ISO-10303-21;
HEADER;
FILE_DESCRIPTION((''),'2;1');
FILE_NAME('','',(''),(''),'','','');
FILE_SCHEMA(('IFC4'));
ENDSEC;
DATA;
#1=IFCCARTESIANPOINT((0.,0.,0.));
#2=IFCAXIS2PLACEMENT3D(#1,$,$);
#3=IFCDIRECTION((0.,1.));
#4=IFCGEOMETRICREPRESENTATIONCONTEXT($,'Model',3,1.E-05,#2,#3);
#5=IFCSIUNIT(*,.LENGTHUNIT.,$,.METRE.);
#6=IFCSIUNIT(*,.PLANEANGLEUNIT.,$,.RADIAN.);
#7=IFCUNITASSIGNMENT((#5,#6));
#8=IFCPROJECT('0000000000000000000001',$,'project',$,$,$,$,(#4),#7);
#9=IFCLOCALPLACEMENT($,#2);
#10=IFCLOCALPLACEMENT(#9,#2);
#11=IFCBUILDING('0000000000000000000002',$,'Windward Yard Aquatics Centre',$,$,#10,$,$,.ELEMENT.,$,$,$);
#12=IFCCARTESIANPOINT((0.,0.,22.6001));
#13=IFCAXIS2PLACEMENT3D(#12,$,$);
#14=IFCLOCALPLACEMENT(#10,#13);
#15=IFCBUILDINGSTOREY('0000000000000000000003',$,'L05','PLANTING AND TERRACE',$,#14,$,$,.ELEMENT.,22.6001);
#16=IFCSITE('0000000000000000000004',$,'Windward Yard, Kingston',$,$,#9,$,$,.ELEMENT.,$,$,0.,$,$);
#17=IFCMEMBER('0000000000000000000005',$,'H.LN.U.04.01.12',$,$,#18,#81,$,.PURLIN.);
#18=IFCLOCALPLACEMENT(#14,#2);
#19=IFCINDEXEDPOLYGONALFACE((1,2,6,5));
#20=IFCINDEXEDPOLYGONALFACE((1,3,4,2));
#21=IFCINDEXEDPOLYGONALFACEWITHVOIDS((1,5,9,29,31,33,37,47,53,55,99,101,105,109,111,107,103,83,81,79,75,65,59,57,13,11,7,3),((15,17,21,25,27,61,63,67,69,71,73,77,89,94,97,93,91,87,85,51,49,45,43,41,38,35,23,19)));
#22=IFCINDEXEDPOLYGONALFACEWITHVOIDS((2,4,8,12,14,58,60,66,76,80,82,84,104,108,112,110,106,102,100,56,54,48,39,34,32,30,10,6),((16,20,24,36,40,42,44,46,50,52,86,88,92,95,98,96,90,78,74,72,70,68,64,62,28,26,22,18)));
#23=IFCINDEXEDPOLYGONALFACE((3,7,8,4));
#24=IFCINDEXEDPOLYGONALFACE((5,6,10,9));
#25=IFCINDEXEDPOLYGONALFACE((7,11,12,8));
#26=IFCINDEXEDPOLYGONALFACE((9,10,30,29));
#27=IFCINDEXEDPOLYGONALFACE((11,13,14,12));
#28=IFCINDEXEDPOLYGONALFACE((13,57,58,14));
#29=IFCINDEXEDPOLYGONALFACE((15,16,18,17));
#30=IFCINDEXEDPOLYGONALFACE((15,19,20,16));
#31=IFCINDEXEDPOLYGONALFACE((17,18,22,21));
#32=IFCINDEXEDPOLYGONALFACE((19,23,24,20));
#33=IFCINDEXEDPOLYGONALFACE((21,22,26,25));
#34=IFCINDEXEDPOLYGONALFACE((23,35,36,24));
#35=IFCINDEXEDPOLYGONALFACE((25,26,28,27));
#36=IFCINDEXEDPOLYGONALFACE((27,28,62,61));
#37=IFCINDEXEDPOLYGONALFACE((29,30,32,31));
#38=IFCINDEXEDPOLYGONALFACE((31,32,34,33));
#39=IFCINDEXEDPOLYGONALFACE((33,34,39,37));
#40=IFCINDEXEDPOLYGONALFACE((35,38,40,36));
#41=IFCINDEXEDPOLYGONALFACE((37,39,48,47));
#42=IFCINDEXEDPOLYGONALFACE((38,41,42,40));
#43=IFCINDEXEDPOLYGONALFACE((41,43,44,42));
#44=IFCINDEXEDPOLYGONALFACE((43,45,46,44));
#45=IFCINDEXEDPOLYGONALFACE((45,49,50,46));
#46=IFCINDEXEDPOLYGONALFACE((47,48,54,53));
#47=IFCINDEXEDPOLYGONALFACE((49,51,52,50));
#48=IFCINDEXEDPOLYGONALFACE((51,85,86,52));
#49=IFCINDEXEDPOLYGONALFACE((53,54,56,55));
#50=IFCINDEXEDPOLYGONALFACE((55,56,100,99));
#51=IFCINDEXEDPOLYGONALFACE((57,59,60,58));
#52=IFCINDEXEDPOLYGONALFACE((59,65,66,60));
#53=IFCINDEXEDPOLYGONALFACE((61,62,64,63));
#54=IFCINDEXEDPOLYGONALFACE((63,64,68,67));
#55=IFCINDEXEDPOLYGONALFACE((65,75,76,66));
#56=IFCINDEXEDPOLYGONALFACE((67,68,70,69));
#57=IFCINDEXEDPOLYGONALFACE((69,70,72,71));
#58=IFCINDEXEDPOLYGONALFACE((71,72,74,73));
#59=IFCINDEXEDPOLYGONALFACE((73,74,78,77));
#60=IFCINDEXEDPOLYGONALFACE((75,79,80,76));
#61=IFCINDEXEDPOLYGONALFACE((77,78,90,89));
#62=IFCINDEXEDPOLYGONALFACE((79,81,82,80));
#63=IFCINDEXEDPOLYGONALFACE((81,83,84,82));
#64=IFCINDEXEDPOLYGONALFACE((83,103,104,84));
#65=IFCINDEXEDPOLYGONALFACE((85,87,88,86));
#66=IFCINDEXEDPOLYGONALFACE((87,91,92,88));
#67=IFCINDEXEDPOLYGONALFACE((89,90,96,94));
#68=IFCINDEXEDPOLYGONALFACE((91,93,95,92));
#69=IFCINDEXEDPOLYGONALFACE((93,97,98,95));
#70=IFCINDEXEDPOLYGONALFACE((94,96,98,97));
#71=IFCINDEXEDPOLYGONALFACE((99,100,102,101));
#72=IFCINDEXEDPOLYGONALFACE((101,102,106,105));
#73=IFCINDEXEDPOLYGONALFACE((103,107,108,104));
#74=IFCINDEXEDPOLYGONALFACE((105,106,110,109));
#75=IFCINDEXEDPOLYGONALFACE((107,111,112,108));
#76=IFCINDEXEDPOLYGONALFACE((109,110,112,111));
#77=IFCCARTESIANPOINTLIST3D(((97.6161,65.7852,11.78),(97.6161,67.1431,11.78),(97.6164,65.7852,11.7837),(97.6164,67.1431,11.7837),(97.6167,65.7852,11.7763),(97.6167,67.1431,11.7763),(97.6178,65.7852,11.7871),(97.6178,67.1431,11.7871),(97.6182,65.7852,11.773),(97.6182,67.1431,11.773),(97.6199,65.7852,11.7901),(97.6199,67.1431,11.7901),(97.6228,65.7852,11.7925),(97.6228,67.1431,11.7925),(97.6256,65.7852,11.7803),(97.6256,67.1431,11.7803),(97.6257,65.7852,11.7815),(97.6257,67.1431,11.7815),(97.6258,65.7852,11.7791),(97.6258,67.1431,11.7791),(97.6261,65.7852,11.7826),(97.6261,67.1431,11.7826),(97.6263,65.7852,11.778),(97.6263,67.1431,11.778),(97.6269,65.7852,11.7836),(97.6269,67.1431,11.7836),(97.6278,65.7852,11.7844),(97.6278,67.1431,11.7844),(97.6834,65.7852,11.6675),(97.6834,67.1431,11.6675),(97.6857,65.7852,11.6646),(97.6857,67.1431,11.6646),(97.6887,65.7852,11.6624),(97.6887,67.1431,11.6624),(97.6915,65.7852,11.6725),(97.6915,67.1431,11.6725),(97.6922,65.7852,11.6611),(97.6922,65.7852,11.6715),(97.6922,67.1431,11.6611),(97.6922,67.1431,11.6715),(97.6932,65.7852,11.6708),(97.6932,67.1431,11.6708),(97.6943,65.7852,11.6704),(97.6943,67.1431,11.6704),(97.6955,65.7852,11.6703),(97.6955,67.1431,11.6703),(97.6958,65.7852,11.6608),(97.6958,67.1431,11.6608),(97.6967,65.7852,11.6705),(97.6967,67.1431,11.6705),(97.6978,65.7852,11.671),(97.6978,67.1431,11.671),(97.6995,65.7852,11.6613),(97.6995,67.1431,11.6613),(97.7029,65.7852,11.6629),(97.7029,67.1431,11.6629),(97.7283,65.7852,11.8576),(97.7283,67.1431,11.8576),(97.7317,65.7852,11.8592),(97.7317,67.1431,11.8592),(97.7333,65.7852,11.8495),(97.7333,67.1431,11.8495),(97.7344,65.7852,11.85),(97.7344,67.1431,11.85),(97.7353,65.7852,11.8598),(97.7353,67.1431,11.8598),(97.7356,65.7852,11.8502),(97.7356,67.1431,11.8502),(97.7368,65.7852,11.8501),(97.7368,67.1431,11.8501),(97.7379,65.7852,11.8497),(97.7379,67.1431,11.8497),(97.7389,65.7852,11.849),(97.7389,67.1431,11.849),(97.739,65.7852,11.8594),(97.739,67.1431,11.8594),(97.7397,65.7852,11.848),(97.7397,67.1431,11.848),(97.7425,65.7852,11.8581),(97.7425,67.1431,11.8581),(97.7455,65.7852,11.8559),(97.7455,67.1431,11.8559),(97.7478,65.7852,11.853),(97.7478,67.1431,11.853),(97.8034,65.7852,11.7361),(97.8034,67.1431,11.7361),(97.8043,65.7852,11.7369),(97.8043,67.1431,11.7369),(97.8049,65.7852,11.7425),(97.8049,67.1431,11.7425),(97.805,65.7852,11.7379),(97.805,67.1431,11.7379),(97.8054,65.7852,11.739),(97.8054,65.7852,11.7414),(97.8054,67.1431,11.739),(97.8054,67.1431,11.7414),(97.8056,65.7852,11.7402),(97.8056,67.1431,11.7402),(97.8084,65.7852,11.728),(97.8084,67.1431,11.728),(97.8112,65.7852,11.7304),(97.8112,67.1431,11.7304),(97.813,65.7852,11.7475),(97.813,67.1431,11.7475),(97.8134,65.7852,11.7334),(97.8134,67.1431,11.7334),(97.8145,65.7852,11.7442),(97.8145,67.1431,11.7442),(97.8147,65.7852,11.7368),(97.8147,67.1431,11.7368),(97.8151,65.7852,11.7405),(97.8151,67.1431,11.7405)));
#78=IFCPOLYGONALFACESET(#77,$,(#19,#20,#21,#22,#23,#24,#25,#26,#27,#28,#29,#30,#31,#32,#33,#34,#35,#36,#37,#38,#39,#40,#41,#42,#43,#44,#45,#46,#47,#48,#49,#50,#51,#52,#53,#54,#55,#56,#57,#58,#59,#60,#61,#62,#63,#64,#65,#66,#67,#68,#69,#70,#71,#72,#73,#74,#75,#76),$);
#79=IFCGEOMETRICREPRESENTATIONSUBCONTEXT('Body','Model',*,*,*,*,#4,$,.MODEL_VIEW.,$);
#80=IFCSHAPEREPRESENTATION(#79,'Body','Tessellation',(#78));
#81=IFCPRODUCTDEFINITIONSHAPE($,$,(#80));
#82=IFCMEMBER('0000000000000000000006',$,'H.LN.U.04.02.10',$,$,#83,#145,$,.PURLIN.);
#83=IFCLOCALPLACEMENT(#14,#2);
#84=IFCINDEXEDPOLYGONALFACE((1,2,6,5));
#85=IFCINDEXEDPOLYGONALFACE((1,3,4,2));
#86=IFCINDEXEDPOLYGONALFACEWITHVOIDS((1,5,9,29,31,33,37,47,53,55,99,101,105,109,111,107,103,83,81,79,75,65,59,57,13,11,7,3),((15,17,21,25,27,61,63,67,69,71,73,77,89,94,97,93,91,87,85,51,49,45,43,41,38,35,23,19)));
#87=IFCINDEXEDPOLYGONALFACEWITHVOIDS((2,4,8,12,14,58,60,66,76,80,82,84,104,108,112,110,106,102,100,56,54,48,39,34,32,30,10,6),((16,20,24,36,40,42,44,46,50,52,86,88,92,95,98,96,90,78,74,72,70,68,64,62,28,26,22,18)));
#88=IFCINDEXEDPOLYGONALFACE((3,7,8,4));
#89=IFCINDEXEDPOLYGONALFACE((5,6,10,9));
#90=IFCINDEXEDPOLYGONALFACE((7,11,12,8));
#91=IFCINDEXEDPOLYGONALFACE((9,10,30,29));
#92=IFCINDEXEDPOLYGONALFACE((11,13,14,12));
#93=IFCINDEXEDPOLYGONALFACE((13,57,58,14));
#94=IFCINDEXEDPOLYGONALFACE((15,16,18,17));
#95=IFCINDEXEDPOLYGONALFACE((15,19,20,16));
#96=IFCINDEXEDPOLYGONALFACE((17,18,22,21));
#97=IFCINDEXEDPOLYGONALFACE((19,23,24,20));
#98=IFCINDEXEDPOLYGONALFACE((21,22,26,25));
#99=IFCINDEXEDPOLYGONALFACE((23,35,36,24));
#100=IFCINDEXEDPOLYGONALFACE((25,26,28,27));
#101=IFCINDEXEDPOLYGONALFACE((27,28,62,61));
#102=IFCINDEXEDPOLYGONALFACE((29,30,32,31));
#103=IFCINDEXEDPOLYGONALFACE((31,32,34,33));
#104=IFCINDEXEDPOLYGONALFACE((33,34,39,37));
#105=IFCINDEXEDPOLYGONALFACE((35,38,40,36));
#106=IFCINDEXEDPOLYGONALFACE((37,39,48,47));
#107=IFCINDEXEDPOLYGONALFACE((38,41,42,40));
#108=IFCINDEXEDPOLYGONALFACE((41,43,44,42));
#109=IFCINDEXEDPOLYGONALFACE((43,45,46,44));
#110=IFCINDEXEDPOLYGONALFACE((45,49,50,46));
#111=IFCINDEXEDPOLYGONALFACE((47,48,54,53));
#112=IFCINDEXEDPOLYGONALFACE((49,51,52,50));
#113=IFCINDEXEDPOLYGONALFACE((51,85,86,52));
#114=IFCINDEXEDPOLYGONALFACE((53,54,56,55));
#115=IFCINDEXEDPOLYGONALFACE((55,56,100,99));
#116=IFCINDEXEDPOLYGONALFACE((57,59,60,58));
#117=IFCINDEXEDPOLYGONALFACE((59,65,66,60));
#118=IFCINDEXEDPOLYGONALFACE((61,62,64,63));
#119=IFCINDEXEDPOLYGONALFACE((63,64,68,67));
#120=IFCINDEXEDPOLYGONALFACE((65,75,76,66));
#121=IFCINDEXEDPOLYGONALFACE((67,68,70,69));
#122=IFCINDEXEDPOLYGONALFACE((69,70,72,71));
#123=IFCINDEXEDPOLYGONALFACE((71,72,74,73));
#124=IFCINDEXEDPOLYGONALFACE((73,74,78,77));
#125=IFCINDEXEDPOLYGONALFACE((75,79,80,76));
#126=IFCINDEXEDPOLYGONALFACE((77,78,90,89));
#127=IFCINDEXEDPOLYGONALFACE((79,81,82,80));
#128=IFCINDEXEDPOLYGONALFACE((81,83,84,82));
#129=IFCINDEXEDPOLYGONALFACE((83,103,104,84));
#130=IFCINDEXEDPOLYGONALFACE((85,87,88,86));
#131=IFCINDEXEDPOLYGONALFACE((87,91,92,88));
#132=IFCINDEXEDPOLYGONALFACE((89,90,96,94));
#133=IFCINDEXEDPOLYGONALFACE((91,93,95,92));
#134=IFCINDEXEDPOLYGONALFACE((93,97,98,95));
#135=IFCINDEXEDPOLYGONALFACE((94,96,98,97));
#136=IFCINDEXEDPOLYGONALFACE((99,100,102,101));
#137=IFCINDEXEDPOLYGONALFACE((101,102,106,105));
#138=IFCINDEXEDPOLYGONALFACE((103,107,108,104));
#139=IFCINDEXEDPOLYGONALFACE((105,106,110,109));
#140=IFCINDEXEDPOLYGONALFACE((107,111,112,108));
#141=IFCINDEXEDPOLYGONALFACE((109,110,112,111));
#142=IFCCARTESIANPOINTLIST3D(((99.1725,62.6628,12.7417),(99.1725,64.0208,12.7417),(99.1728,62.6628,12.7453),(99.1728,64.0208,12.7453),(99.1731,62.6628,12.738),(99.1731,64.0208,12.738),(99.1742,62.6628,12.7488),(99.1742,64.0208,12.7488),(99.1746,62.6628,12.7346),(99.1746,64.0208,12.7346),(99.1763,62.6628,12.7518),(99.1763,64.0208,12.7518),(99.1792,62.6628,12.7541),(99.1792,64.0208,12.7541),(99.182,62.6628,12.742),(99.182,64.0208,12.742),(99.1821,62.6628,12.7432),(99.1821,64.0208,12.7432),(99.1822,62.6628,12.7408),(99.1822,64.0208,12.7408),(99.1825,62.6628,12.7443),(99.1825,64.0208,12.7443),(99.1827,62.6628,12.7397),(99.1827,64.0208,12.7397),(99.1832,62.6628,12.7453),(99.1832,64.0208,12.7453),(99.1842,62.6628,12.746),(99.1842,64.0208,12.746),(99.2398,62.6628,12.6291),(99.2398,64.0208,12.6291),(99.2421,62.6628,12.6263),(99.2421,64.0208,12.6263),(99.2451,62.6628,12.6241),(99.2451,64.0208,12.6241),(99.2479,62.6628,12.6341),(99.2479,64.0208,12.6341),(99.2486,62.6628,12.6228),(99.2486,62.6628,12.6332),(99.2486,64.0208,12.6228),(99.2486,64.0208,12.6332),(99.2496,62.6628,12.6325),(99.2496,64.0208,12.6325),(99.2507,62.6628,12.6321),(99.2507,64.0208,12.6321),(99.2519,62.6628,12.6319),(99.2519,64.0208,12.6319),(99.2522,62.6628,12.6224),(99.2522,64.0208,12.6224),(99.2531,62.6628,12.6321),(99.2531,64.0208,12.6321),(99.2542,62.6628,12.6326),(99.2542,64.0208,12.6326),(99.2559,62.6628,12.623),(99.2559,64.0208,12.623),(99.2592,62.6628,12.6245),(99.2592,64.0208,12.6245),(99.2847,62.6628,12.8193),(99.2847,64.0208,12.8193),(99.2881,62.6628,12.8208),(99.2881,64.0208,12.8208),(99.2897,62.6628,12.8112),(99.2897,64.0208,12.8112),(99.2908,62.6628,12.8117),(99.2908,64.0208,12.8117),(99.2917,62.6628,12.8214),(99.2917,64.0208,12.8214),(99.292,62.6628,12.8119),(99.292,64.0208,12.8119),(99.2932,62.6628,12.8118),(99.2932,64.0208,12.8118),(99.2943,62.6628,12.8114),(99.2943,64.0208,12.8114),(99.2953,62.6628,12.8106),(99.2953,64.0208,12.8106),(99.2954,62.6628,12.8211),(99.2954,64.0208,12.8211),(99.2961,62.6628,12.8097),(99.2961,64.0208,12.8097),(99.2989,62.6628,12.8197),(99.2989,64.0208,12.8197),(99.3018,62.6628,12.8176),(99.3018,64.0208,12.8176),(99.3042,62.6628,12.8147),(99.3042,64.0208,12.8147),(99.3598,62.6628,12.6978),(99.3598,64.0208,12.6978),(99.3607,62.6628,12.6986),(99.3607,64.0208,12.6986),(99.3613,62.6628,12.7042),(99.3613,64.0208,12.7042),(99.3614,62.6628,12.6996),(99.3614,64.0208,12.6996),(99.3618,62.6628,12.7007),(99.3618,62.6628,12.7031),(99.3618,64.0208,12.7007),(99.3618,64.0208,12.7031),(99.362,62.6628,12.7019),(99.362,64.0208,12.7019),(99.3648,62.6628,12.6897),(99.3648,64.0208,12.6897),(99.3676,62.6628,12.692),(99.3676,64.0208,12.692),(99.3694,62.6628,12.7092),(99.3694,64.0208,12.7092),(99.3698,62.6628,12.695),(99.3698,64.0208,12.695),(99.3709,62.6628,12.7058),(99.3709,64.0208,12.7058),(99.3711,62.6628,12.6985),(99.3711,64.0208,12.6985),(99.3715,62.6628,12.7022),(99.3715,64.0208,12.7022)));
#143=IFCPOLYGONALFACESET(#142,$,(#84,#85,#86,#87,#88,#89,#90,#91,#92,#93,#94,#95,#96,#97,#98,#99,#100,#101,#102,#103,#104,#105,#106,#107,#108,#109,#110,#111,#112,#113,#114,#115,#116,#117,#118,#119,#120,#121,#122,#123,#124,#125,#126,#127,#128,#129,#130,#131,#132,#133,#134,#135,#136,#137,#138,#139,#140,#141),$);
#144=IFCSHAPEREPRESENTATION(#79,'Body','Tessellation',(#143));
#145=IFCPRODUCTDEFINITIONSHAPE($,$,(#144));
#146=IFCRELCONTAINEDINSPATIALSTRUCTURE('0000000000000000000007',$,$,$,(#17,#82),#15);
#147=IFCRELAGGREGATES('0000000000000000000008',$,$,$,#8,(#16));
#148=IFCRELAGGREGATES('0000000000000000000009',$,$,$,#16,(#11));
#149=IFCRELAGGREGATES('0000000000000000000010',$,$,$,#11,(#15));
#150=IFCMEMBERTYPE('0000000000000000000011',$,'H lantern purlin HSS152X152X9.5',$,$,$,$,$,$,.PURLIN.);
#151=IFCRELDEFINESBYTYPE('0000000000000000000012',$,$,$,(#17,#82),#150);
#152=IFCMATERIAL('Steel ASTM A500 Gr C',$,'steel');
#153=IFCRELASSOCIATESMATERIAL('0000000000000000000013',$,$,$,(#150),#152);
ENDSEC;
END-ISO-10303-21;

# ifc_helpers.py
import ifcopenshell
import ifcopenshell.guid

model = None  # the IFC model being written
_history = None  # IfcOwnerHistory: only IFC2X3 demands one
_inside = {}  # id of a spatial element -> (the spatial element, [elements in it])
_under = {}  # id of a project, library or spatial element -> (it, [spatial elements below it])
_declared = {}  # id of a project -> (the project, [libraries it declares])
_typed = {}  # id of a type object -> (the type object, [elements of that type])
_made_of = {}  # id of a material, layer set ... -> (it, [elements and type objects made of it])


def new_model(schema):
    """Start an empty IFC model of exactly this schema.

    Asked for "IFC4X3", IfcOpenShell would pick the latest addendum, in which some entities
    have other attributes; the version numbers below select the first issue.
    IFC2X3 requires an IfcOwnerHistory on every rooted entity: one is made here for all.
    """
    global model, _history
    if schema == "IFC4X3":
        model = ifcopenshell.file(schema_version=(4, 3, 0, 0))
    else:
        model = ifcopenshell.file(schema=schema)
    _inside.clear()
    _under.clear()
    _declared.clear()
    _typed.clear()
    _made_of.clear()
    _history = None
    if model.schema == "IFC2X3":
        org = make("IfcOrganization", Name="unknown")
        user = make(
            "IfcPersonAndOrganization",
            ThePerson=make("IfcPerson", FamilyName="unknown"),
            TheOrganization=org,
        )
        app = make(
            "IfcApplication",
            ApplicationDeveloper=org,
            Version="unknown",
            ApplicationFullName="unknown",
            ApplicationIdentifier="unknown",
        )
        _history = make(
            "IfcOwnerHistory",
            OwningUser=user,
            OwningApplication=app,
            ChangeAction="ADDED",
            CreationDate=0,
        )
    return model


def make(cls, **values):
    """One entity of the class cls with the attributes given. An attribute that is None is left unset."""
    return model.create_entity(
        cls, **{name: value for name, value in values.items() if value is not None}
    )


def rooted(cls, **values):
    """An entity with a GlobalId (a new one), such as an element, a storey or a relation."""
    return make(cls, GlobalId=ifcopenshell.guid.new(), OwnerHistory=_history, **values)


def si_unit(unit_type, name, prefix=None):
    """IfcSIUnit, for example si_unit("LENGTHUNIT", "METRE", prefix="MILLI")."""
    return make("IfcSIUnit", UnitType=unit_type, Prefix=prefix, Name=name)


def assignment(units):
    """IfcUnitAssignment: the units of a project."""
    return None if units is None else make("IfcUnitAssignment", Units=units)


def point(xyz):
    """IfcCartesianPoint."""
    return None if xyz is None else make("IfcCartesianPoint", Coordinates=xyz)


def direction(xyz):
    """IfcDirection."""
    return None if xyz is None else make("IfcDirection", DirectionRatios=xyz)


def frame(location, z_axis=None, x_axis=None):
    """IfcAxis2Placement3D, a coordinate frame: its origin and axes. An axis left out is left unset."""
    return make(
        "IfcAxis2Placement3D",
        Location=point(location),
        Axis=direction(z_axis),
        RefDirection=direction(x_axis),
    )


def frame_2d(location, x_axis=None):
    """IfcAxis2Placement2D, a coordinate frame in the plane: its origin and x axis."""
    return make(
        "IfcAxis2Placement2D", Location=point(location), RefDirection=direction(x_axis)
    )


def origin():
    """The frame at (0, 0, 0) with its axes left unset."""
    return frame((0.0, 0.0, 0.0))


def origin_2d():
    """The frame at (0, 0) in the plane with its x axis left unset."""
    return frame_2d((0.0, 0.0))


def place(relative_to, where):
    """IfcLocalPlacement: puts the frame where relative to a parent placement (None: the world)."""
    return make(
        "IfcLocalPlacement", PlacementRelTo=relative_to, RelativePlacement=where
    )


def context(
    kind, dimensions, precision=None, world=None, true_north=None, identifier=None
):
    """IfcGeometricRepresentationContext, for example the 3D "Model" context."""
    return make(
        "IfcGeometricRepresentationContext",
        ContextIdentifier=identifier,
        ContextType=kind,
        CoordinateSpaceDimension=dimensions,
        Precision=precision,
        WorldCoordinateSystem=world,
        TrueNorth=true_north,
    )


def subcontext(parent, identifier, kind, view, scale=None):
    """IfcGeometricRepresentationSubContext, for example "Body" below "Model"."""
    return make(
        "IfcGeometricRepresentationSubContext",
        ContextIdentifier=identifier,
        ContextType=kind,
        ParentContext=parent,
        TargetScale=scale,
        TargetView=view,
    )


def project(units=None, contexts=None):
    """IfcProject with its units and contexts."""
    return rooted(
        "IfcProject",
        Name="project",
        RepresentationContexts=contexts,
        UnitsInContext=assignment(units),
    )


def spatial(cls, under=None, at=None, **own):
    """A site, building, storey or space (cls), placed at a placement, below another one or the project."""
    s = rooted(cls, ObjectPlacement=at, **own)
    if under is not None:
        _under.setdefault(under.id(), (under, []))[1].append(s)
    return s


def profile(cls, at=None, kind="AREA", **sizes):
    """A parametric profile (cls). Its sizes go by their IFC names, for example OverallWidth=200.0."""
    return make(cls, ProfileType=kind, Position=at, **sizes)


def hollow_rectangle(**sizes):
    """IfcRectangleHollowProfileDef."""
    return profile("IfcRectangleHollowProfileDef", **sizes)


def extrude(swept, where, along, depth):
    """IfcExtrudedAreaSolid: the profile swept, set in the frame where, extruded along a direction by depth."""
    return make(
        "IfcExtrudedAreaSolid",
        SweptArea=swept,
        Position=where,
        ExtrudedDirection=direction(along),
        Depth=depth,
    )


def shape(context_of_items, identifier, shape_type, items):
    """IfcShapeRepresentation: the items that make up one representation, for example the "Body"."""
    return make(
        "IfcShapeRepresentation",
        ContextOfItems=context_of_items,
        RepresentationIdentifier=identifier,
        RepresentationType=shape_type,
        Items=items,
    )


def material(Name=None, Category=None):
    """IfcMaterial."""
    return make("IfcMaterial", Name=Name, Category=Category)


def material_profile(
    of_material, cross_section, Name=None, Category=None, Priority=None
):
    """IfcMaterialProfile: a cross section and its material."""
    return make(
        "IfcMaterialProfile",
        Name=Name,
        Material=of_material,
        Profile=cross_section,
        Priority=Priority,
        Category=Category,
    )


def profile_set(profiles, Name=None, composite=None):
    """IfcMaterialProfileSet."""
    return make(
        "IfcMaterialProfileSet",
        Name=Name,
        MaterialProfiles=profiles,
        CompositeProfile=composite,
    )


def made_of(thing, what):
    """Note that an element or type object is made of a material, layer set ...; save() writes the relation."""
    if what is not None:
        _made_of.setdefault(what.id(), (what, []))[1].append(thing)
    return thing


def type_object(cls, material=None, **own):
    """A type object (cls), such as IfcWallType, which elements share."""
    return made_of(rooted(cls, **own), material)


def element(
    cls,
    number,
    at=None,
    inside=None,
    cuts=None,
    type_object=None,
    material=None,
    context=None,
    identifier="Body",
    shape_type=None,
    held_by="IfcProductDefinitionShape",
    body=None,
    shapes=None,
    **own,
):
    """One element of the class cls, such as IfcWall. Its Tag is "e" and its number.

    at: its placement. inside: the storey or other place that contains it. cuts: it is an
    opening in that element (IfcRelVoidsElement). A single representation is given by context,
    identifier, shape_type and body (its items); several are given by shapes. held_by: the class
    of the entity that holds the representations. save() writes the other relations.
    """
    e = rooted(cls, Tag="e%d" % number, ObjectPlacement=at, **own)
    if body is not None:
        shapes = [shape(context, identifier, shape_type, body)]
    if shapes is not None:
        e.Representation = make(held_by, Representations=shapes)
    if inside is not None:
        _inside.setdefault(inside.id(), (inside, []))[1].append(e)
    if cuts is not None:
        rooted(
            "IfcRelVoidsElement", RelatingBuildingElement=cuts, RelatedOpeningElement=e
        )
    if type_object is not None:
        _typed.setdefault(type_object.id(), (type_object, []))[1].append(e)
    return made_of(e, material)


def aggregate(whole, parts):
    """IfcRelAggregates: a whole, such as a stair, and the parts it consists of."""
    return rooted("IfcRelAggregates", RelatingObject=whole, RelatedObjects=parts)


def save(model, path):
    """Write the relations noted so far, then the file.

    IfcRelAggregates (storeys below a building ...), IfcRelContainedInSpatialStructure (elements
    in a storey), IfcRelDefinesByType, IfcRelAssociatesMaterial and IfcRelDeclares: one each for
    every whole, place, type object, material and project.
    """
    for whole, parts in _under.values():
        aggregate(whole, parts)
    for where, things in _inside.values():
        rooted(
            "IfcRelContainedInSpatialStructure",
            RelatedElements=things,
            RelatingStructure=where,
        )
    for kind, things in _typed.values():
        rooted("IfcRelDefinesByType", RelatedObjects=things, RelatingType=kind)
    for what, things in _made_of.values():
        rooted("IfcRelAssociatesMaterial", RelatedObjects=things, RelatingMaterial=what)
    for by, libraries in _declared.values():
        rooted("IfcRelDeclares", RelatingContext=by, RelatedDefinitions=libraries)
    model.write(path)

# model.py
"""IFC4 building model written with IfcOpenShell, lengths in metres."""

from ifc_helpers import new_model, si_unit, direction, frame, origin, origin_2d, place, context, subcontext, project, spatial, hollow_rectangle, extrude, material, material_profile, profile_set, type_object, element, save


model = new_model("IFC4")

# Units and contexts
model_context = context("Model", 3, precision=1e-05, world=origin(), true_north=direction((0.0, 1.0)))
body_context = subcontext(model_context, "Body", "Model", "MODEL_VIEW")
ifc_project = project(units=[si_unit("LENGTHUNIT", "METRE"), si_unit("PLANEANGLEUNIT", "RADIAN")], contexts=[model_context])

# Site, building, storey
site_placement = place(None, origin())
site = spatial("IfcSite", under=ifc_project, at=site_placement, Name="Windward Yard, Kingston", CompositionType="ELEMENT", RefElevation=0.0)
building_placement = place(site_placement, origin())
building = spatial("IfcBuilding", under=site, at=building_placement, Name="Windward Yard Aquatics Centre", CompositionType="ELEMENT")
storey_placement = place(building_placement, frame((0.0, 0.0, 22.6001)))
storey = spatial("IfcBuildingStorey", under=building, at=storey_placement, Name="L05", Description="PLANTING AND TERRACE", CompositionType="ELEMENT", Elevation=22.6001)

# Members
ifc_material_1 = material(Name="Steel ASTM A500 Gr C", Category="steel")
ifc_material_profile_1 = material_profile(ifc_material_1, hollow_rectangle(XDim=0.1523, YDim=0.1523, WallThickness=0.0095, InnerFilletRadius=0.0046, OuterFilletRadius=0.0142, at=origin_2d()), Name="HSS152X152X9.5")
ifc_profile_set_1 = profile_set([ifc_material_profile_1], Name="Steel ASTM A500 Gr C")
member_type_1 = type_object("IfcMemberType", Name="H lantern purlin HSS152X152X9.5", PredefinedType="PURLIN", material=ifc_profile_set_1)
for number, where, z_axis, x_axis, name in (
    (1, (97.7156, 65.7852, 11.7603), (0.0, 1.0, 0.0), (-0.850755, 0.0, -0.525562), "H.LN.U.04.01.12"),
    (2, (99.272, 62.6628, 12.7219), (0.0, 1.0, 0.0), (-0.850755, 0.0, -0.525562), "H.LN.U.04.02.10"),
):
    element("IfcMember", number, at=place(storey_placement, frame(where, z_axis=z_axis, x_axis=x_axis)), inside=storey, type_object=member_type_1, Name=name, PredefinedType="PURLIN", context=body_context, shape_type="SweptSolid", body=[
        extrude(hollow_rectangle(XDim=0.1523, YDim=0.1523, WallThickness=0.0095, InnerFilletRadius=0.0046, OuterFilletRadius=0.0142, at=origin_2d()), origin(), (0.0, 0.0, 1.0), 1.3579),
    ])

save(model, "model.ifc")
